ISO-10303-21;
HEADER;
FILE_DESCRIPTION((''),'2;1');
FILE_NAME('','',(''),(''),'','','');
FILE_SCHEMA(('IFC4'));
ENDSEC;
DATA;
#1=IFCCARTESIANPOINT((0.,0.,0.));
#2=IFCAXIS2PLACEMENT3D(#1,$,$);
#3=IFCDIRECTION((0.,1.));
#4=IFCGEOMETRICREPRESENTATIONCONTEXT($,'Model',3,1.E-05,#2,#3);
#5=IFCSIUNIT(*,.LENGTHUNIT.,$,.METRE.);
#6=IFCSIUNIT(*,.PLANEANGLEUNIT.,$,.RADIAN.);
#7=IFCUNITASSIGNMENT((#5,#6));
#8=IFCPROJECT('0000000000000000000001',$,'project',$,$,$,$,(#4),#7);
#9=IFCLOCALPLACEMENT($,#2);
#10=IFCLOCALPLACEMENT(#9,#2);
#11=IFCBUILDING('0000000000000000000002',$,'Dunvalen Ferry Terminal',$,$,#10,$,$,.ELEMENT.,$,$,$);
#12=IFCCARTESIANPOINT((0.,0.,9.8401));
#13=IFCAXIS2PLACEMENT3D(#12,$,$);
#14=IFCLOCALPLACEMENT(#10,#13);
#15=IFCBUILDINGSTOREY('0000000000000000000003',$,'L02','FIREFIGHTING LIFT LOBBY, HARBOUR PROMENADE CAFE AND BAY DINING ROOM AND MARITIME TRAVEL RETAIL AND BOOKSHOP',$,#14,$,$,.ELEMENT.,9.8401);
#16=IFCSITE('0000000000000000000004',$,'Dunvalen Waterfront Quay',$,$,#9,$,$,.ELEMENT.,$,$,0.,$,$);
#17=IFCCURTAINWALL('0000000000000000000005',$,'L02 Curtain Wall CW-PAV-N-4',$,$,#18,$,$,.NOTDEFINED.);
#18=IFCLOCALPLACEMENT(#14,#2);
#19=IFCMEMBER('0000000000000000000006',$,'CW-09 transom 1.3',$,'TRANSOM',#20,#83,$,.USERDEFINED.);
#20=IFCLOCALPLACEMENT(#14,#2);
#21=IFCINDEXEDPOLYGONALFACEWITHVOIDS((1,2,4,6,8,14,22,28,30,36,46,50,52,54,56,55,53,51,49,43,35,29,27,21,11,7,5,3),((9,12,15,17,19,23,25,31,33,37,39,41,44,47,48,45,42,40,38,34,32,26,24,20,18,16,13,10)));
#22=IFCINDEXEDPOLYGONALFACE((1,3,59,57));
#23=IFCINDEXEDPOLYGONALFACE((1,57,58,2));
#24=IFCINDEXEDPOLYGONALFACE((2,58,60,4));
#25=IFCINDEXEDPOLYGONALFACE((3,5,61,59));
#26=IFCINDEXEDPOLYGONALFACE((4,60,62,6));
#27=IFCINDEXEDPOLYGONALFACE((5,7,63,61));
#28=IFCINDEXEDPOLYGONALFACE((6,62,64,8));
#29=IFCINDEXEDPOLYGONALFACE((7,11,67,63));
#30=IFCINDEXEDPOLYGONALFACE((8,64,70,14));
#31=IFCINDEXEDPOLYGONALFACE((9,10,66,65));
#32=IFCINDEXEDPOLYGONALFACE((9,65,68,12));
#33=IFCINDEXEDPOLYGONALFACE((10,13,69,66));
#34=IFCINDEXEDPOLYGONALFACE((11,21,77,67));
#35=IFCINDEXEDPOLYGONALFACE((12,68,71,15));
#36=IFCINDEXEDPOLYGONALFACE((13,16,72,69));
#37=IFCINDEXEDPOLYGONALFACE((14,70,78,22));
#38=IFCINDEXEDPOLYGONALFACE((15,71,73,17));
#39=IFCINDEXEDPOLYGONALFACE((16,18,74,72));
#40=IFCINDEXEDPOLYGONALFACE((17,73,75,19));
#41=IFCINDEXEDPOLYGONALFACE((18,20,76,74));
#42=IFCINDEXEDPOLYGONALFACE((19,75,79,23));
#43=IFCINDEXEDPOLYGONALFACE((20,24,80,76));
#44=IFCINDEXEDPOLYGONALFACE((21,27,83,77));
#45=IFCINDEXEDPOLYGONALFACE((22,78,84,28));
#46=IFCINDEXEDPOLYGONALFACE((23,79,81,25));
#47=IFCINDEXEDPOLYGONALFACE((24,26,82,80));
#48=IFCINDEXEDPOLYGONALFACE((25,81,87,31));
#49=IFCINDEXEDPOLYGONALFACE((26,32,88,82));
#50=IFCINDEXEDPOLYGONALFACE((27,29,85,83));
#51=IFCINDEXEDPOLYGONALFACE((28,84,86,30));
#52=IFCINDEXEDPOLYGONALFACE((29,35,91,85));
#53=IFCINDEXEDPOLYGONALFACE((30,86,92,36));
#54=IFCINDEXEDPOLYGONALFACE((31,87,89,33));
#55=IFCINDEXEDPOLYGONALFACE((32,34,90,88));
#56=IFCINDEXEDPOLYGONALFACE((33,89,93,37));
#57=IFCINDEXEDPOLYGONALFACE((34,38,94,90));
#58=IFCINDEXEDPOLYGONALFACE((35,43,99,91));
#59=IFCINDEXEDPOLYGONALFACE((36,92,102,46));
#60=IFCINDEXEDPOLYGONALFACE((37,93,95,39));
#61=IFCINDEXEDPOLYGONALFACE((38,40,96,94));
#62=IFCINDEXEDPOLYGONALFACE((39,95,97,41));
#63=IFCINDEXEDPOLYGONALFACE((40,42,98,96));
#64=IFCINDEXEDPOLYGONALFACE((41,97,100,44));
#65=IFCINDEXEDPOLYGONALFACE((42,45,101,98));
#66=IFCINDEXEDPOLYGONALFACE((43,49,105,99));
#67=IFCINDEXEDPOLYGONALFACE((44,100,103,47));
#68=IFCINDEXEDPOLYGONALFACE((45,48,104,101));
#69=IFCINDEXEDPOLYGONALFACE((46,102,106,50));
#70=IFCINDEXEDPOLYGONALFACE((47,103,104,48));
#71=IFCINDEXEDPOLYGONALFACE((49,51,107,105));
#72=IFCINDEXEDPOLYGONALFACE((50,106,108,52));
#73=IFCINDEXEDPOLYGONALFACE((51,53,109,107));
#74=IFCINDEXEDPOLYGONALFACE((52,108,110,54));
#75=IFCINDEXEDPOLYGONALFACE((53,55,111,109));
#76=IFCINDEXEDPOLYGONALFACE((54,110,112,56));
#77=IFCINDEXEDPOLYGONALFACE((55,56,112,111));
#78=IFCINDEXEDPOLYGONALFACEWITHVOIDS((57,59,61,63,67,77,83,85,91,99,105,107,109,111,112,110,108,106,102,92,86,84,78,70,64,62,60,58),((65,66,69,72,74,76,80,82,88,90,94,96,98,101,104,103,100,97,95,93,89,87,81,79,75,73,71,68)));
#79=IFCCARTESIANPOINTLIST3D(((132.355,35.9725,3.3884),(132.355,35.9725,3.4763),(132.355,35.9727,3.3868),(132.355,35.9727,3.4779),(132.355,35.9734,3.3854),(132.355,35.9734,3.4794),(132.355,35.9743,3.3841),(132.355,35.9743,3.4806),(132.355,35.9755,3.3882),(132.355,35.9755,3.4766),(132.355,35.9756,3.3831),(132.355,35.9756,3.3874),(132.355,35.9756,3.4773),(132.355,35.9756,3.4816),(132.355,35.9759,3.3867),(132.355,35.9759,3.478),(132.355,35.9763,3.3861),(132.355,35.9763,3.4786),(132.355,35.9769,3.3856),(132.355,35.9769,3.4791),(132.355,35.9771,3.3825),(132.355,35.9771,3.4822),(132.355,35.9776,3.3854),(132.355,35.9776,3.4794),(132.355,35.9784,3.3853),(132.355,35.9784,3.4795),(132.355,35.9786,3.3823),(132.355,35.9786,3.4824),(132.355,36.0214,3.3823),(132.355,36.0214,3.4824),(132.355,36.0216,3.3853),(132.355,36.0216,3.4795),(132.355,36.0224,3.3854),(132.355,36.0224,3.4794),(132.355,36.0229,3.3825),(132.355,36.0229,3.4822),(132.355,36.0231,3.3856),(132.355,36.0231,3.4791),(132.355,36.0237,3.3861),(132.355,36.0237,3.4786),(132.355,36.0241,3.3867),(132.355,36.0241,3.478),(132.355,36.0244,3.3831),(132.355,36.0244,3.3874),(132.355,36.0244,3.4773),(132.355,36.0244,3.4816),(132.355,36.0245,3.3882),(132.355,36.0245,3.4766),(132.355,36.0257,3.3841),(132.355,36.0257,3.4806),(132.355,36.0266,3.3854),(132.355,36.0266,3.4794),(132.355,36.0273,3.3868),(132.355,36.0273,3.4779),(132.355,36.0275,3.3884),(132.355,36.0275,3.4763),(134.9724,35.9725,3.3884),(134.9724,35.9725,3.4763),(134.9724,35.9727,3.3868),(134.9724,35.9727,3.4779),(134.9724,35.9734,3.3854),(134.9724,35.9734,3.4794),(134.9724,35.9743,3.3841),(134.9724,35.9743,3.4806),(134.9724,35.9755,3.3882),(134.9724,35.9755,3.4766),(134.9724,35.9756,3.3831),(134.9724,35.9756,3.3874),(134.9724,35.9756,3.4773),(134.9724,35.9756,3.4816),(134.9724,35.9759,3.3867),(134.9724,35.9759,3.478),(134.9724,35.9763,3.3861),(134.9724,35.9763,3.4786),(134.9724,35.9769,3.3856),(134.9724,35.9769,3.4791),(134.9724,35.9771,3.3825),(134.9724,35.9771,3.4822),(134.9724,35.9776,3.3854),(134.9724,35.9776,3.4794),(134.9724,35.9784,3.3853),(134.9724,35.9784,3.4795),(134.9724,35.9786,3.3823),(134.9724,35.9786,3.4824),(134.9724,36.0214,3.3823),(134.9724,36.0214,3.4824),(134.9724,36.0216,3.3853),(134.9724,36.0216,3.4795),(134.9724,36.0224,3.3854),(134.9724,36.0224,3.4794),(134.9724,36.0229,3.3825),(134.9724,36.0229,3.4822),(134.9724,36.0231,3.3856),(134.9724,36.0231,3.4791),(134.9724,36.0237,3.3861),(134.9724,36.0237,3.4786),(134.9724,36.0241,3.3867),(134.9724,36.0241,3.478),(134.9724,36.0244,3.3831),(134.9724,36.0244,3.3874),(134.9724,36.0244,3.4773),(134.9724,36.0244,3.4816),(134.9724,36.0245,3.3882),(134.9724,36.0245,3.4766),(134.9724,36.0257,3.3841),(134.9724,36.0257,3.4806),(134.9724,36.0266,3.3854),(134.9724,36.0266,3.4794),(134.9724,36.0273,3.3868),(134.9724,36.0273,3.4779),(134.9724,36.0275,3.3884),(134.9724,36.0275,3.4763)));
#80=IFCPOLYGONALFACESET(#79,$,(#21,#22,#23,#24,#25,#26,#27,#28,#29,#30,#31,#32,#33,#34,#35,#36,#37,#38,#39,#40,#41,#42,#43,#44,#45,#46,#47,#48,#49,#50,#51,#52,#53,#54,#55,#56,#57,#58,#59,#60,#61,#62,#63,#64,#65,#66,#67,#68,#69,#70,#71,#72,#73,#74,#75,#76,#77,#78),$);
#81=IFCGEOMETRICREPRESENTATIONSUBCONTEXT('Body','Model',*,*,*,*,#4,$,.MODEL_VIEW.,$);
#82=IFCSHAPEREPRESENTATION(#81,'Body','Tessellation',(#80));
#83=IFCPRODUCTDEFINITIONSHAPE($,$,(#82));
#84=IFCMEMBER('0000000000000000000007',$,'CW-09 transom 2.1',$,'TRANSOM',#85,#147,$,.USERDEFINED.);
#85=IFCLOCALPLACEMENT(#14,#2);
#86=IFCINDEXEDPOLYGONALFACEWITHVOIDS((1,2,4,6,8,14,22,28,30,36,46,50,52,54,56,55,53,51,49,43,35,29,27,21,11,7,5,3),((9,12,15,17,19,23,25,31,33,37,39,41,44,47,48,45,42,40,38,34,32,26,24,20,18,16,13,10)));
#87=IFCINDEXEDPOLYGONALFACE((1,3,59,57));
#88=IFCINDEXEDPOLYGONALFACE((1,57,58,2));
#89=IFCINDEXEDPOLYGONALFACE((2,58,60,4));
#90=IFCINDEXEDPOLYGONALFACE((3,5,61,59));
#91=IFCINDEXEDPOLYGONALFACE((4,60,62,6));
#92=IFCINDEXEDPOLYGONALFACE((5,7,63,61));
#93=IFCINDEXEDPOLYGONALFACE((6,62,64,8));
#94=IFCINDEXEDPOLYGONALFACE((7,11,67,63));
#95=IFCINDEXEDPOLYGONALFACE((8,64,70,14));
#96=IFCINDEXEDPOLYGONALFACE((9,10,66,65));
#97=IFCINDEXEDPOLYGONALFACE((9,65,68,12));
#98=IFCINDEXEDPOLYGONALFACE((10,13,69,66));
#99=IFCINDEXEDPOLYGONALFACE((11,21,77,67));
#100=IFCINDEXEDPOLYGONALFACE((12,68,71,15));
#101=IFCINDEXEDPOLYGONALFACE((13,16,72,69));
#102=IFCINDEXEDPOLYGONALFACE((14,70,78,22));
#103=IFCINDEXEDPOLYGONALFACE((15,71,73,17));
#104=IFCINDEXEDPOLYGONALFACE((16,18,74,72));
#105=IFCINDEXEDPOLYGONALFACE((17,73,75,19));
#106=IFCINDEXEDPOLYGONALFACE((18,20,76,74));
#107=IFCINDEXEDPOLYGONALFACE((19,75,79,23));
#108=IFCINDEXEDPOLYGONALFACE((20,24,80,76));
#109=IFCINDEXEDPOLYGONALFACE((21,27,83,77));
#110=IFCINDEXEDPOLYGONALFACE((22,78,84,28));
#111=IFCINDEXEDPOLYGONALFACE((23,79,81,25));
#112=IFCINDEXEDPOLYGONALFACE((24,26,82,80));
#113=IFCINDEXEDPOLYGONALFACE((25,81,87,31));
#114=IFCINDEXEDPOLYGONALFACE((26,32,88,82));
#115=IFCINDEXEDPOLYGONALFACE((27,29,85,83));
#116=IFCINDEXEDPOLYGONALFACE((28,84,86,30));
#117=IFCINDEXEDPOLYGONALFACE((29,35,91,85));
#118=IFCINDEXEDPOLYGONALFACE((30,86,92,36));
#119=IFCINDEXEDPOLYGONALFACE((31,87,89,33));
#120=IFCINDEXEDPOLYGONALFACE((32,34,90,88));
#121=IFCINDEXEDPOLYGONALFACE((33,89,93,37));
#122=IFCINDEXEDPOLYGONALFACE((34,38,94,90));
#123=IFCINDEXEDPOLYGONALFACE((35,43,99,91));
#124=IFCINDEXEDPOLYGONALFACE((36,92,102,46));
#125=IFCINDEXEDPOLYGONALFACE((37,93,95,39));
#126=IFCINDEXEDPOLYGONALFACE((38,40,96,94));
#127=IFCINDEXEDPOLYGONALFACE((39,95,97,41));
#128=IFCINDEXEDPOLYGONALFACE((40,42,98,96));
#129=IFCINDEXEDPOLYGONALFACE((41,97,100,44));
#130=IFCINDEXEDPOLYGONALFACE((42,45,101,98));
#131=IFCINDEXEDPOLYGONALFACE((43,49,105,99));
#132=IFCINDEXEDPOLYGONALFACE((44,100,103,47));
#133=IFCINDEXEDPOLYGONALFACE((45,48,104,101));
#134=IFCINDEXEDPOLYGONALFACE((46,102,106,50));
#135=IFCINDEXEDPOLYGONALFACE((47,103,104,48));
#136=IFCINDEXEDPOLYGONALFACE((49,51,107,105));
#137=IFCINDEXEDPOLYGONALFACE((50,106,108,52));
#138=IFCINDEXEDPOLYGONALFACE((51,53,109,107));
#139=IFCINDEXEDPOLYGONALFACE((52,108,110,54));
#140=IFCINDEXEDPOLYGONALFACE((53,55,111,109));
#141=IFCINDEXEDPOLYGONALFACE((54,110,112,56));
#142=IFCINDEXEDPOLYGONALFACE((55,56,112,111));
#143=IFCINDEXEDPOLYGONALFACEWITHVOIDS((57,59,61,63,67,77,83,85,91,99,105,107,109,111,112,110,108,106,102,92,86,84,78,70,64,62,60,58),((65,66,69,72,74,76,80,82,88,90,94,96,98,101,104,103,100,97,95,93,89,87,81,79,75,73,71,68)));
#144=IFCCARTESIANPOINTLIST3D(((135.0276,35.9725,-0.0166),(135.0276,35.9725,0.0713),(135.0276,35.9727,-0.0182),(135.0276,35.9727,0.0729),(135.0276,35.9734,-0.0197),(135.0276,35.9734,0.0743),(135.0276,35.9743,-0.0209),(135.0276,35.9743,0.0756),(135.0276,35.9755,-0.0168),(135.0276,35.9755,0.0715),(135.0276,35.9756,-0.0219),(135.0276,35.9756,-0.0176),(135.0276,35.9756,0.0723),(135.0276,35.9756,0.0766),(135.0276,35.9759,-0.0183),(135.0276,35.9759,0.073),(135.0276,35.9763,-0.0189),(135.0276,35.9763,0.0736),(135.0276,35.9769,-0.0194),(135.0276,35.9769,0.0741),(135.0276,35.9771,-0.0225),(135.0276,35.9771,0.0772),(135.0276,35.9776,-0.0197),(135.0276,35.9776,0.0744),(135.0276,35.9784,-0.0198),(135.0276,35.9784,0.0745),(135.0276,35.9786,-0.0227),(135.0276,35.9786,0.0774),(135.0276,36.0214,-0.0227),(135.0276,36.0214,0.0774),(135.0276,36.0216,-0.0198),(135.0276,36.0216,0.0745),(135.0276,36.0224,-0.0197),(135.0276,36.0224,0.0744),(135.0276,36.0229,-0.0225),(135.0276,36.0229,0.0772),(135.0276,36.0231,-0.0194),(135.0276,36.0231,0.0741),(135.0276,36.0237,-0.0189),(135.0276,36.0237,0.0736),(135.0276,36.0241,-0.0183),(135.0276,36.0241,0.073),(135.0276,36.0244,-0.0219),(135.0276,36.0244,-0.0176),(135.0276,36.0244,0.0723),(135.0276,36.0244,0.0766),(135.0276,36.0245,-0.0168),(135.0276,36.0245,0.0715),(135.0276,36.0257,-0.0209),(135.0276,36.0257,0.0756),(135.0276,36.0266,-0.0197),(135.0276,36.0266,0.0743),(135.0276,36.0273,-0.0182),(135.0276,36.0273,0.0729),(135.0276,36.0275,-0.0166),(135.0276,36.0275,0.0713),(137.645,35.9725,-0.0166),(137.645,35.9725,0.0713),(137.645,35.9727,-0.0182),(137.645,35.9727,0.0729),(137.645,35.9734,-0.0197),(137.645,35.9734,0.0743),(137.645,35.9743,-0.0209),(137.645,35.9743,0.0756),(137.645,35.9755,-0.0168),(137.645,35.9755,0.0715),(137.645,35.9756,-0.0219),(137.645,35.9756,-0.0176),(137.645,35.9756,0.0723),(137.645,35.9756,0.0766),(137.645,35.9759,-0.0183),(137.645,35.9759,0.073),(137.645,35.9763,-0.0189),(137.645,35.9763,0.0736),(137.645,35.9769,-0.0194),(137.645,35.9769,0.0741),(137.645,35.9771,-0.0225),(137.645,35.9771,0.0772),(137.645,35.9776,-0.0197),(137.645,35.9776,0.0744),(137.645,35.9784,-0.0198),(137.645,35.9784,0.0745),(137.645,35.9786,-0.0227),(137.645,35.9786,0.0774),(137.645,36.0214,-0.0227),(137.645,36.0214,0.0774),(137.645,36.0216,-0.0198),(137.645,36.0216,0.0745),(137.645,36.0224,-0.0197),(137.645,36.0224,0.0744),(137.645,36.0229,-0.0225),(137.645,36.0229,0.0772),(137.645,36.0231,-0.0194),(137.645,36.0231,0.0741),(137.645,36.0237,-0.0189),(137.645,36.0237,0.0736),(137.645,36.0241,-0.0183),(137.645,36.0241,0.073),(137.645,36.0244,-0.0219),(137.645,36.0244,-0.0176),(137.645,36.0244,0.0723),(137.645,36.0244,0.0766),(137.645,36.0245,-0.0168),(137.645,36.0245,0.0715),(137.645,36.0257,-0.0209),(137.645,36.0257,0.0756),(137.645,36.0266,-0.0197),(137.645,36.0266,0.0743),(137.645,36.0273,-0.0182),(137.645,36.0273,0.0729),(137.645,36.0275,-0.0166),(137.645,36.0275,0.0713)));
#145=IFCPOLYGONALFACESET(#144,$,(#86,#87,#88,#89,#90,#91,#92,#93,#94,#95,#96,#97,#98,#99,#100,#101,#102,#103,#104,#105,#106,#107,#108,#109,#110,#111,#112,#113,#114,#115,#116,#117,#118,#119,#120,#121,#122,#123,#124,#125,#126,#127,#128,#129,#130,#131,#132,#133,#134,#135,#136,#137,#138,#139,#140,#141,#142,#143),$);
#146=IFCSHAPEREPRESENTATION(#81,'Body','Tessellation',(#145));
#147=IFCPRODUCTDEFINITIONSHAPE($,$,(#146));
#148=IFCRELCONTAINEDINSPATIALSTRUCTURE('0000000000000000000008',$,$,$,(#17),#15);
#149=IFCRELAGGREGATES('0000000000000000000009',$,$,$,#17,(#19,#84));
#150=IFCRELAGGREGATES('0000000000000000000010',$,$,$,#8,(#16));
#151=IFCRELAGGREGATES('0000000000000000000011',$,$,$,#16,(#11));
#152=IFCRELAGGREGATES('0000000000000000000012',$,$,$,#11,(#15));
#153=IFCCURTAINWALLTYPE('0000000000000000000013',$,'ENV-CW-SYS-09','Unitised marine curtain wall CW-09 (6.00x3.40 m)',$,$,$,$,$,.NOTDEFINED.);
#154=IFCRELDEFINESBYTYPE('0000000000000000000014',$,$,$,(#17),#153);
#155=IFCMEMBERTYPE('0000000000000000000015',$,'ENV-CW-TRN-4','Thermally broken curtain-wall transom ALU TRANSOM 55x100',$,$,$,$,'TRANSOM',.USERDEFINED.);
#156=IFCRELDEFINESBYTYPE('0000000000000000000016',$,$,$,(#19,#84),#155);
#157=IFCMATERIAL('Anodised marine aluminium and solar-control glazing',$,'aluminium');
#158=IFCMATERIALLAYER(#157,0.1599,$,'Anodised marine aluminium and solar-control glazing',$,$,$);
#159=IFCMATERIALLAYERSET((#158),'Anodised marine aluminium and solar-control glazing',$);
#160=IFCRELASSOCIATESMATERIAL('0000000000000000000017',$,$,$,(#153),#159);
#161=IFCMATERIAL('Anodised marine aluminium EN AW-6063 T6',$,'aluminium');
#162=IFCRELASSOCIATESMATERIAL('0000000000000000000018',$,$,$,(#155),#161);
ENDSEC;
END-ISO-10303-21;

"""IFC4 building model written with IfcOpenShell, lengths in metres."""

from ifc_helpers import new_model, si_unit, direction, frame, origin, origin_2d, place, context, subcontext, project, spatial, hollow_rectangle, extrude, material, layer, layer_set, material_profile, profile_set, type_object, element, aggregate, save


model = new_model("IFC4")

# Units and contexts
model_context = context("Model", 3, precision=1e-05, world=origin(), true_north=direction((0.0, 1.0)))
body_context = subcontext(model_context, "Body", "Model", "MODEL_VIEW")
ifc_project = project(units=[si_unit("LENGTHUNIT", "METRE"), si_unit("PLANEANGLEUNIT", "RADIAN")], contexts=[model_context])

# Site, building, storey
site_placement = place(None, origin())
site = spatial("IfcSite", under=ifc_project, at=site_placement, Name="Dunvalen Waterfront Quay", CompositionType="ELEMENT", RefElevation=0.0)
building_placement = place(site_placement, origin())
building = spatial("IfcBuilding", under=site, at=building_placement, Name="Dunvalen Ferry Terminal", CompositionType="ELEMENT")
storey_placement = place(building_placement, frame((0.0, 0.0, 9.8401)))
storey = spatial("IfcBuildingStorey", under=building, at=storey_placement, Name="L02", Description="FIREFIGHTING LIFT LOBBY, HARBOUR PROMENADE CAFE AND BAY DINING ROOM AND MARITIME TRAVEL RETAIL AND BOOKSHOP", CompositionType="ELEMENT", Elevation=9.8401)

# Shared definitions
ifc_material_1 = material(Name="Anodised marine aluminium and solar-control glazing", Category="aluminium")
ifc_layer_1 = layer(ifc_material_1, 0.1599, Name="Anodised marine aluminium and solar-control glazing")
ifc_layer_set_1 = layer_set([ifc_layer_1], Name="Anodised marine aluminium and solar-control glazing")
curtain_wall_type = type_object("IfcCurtainWallType", Name="ENV-CW-SYS-09", Description="Unitised marine curtain wall CW-09 (6.00x3.40 m)", PredefinedType="NOTDEFINED", material=ifc_layer_set_1)
ifc_material_2 = material(Name="Anodised marine aluminium EN AW-6063 T6", Category="aluminium")

# Curtain wall, members
curtain_wall_1_placement = place(storey_placement, origin())
curtain_wall_1 = element("IfcCurtainWall", 1, at=curtain_wall_1_placement, inside=storey, type_object=curtain_wall_type, Name="L02 Curtain Wall CW-PAV-N-4", PredefinedType="NOTDEFINED")
ifc_material_profile_1 = material_profile(ifc_material_2, hollow_rectangle(XDim=0.0549, YDim=0.1001, WallThickness=0.0029, InnerFilletRadius=0.0029, OuterFilletRadius=0.0061, at=origin_2d()), Name="Anodised marine aluminium EN AW-6063 T6")
ifc_profile_set_1 = profile_set([ifc_material_profile_1], Name="Anodised marine aluminium EN AW-6063 T6")
member_type_1 = type_object("IfcMemberType", Name="ENV-CW-TRN-4", Description="Thermally broken curtain-wall transom ALU TRANSOM 55x100", ElementType="TRANSOM", PredefinedType="USERDEFINED", material=ifc_profile_set_1)
member_1_placement = place(storey_placement, frame((132.355, 36.0, 3.4324), z_axis=(1.0, 0.0, 0.0), x_axis=(0.0, 1.0, 0.0)))
member_1 = element("IfcMember", 2, at=member_1_placement, type_object=member_type_1, Name="CW-09 transom 1.3", ObjectType="TRANSOM", PredefinedType="USERDEFINED", context=body_context, shape_type="SweptSolid", body=[
    extrude(hollow_rectangle(XDim=0.0549, YDim=0.1001, WallThickness=0.0029, InnerFilletRadius=0.0029, OuterFilletRadius=0.0061, at=origin_2d()), origin(), (0.0, 0.0, 1.0), 2.6174),
])
member_2_placement = place(storey_placement, frame((135.0276, 36.0, 0.0273), z_axis=(1.0, 0.0, 0.0), x_axis=(0.0, 1.0, 0.0)))
member_2 = element("IfcMember", 3, at=member_2_placement, type_object=member_type_1, Name="CW-09 transom 2.1", ObjectType="TRANSOM", PredefinedType="USERDEFINED", context=body_context, shape_type="SweptSolid", body=[
    extrude(hollow_rectangle(XDim=0.0549, YDim=0.1001, WallThickness=0.0029, InnerFilletRadius=0.0029, OuterFilletRadius=0.0061, at=origin_2d()), origin(), (0.0, 0.0, 1.0), 2.6174),
])

aggregate(curtain_wall_1, [member_1, member_2])

save(model, "model.ifc")
